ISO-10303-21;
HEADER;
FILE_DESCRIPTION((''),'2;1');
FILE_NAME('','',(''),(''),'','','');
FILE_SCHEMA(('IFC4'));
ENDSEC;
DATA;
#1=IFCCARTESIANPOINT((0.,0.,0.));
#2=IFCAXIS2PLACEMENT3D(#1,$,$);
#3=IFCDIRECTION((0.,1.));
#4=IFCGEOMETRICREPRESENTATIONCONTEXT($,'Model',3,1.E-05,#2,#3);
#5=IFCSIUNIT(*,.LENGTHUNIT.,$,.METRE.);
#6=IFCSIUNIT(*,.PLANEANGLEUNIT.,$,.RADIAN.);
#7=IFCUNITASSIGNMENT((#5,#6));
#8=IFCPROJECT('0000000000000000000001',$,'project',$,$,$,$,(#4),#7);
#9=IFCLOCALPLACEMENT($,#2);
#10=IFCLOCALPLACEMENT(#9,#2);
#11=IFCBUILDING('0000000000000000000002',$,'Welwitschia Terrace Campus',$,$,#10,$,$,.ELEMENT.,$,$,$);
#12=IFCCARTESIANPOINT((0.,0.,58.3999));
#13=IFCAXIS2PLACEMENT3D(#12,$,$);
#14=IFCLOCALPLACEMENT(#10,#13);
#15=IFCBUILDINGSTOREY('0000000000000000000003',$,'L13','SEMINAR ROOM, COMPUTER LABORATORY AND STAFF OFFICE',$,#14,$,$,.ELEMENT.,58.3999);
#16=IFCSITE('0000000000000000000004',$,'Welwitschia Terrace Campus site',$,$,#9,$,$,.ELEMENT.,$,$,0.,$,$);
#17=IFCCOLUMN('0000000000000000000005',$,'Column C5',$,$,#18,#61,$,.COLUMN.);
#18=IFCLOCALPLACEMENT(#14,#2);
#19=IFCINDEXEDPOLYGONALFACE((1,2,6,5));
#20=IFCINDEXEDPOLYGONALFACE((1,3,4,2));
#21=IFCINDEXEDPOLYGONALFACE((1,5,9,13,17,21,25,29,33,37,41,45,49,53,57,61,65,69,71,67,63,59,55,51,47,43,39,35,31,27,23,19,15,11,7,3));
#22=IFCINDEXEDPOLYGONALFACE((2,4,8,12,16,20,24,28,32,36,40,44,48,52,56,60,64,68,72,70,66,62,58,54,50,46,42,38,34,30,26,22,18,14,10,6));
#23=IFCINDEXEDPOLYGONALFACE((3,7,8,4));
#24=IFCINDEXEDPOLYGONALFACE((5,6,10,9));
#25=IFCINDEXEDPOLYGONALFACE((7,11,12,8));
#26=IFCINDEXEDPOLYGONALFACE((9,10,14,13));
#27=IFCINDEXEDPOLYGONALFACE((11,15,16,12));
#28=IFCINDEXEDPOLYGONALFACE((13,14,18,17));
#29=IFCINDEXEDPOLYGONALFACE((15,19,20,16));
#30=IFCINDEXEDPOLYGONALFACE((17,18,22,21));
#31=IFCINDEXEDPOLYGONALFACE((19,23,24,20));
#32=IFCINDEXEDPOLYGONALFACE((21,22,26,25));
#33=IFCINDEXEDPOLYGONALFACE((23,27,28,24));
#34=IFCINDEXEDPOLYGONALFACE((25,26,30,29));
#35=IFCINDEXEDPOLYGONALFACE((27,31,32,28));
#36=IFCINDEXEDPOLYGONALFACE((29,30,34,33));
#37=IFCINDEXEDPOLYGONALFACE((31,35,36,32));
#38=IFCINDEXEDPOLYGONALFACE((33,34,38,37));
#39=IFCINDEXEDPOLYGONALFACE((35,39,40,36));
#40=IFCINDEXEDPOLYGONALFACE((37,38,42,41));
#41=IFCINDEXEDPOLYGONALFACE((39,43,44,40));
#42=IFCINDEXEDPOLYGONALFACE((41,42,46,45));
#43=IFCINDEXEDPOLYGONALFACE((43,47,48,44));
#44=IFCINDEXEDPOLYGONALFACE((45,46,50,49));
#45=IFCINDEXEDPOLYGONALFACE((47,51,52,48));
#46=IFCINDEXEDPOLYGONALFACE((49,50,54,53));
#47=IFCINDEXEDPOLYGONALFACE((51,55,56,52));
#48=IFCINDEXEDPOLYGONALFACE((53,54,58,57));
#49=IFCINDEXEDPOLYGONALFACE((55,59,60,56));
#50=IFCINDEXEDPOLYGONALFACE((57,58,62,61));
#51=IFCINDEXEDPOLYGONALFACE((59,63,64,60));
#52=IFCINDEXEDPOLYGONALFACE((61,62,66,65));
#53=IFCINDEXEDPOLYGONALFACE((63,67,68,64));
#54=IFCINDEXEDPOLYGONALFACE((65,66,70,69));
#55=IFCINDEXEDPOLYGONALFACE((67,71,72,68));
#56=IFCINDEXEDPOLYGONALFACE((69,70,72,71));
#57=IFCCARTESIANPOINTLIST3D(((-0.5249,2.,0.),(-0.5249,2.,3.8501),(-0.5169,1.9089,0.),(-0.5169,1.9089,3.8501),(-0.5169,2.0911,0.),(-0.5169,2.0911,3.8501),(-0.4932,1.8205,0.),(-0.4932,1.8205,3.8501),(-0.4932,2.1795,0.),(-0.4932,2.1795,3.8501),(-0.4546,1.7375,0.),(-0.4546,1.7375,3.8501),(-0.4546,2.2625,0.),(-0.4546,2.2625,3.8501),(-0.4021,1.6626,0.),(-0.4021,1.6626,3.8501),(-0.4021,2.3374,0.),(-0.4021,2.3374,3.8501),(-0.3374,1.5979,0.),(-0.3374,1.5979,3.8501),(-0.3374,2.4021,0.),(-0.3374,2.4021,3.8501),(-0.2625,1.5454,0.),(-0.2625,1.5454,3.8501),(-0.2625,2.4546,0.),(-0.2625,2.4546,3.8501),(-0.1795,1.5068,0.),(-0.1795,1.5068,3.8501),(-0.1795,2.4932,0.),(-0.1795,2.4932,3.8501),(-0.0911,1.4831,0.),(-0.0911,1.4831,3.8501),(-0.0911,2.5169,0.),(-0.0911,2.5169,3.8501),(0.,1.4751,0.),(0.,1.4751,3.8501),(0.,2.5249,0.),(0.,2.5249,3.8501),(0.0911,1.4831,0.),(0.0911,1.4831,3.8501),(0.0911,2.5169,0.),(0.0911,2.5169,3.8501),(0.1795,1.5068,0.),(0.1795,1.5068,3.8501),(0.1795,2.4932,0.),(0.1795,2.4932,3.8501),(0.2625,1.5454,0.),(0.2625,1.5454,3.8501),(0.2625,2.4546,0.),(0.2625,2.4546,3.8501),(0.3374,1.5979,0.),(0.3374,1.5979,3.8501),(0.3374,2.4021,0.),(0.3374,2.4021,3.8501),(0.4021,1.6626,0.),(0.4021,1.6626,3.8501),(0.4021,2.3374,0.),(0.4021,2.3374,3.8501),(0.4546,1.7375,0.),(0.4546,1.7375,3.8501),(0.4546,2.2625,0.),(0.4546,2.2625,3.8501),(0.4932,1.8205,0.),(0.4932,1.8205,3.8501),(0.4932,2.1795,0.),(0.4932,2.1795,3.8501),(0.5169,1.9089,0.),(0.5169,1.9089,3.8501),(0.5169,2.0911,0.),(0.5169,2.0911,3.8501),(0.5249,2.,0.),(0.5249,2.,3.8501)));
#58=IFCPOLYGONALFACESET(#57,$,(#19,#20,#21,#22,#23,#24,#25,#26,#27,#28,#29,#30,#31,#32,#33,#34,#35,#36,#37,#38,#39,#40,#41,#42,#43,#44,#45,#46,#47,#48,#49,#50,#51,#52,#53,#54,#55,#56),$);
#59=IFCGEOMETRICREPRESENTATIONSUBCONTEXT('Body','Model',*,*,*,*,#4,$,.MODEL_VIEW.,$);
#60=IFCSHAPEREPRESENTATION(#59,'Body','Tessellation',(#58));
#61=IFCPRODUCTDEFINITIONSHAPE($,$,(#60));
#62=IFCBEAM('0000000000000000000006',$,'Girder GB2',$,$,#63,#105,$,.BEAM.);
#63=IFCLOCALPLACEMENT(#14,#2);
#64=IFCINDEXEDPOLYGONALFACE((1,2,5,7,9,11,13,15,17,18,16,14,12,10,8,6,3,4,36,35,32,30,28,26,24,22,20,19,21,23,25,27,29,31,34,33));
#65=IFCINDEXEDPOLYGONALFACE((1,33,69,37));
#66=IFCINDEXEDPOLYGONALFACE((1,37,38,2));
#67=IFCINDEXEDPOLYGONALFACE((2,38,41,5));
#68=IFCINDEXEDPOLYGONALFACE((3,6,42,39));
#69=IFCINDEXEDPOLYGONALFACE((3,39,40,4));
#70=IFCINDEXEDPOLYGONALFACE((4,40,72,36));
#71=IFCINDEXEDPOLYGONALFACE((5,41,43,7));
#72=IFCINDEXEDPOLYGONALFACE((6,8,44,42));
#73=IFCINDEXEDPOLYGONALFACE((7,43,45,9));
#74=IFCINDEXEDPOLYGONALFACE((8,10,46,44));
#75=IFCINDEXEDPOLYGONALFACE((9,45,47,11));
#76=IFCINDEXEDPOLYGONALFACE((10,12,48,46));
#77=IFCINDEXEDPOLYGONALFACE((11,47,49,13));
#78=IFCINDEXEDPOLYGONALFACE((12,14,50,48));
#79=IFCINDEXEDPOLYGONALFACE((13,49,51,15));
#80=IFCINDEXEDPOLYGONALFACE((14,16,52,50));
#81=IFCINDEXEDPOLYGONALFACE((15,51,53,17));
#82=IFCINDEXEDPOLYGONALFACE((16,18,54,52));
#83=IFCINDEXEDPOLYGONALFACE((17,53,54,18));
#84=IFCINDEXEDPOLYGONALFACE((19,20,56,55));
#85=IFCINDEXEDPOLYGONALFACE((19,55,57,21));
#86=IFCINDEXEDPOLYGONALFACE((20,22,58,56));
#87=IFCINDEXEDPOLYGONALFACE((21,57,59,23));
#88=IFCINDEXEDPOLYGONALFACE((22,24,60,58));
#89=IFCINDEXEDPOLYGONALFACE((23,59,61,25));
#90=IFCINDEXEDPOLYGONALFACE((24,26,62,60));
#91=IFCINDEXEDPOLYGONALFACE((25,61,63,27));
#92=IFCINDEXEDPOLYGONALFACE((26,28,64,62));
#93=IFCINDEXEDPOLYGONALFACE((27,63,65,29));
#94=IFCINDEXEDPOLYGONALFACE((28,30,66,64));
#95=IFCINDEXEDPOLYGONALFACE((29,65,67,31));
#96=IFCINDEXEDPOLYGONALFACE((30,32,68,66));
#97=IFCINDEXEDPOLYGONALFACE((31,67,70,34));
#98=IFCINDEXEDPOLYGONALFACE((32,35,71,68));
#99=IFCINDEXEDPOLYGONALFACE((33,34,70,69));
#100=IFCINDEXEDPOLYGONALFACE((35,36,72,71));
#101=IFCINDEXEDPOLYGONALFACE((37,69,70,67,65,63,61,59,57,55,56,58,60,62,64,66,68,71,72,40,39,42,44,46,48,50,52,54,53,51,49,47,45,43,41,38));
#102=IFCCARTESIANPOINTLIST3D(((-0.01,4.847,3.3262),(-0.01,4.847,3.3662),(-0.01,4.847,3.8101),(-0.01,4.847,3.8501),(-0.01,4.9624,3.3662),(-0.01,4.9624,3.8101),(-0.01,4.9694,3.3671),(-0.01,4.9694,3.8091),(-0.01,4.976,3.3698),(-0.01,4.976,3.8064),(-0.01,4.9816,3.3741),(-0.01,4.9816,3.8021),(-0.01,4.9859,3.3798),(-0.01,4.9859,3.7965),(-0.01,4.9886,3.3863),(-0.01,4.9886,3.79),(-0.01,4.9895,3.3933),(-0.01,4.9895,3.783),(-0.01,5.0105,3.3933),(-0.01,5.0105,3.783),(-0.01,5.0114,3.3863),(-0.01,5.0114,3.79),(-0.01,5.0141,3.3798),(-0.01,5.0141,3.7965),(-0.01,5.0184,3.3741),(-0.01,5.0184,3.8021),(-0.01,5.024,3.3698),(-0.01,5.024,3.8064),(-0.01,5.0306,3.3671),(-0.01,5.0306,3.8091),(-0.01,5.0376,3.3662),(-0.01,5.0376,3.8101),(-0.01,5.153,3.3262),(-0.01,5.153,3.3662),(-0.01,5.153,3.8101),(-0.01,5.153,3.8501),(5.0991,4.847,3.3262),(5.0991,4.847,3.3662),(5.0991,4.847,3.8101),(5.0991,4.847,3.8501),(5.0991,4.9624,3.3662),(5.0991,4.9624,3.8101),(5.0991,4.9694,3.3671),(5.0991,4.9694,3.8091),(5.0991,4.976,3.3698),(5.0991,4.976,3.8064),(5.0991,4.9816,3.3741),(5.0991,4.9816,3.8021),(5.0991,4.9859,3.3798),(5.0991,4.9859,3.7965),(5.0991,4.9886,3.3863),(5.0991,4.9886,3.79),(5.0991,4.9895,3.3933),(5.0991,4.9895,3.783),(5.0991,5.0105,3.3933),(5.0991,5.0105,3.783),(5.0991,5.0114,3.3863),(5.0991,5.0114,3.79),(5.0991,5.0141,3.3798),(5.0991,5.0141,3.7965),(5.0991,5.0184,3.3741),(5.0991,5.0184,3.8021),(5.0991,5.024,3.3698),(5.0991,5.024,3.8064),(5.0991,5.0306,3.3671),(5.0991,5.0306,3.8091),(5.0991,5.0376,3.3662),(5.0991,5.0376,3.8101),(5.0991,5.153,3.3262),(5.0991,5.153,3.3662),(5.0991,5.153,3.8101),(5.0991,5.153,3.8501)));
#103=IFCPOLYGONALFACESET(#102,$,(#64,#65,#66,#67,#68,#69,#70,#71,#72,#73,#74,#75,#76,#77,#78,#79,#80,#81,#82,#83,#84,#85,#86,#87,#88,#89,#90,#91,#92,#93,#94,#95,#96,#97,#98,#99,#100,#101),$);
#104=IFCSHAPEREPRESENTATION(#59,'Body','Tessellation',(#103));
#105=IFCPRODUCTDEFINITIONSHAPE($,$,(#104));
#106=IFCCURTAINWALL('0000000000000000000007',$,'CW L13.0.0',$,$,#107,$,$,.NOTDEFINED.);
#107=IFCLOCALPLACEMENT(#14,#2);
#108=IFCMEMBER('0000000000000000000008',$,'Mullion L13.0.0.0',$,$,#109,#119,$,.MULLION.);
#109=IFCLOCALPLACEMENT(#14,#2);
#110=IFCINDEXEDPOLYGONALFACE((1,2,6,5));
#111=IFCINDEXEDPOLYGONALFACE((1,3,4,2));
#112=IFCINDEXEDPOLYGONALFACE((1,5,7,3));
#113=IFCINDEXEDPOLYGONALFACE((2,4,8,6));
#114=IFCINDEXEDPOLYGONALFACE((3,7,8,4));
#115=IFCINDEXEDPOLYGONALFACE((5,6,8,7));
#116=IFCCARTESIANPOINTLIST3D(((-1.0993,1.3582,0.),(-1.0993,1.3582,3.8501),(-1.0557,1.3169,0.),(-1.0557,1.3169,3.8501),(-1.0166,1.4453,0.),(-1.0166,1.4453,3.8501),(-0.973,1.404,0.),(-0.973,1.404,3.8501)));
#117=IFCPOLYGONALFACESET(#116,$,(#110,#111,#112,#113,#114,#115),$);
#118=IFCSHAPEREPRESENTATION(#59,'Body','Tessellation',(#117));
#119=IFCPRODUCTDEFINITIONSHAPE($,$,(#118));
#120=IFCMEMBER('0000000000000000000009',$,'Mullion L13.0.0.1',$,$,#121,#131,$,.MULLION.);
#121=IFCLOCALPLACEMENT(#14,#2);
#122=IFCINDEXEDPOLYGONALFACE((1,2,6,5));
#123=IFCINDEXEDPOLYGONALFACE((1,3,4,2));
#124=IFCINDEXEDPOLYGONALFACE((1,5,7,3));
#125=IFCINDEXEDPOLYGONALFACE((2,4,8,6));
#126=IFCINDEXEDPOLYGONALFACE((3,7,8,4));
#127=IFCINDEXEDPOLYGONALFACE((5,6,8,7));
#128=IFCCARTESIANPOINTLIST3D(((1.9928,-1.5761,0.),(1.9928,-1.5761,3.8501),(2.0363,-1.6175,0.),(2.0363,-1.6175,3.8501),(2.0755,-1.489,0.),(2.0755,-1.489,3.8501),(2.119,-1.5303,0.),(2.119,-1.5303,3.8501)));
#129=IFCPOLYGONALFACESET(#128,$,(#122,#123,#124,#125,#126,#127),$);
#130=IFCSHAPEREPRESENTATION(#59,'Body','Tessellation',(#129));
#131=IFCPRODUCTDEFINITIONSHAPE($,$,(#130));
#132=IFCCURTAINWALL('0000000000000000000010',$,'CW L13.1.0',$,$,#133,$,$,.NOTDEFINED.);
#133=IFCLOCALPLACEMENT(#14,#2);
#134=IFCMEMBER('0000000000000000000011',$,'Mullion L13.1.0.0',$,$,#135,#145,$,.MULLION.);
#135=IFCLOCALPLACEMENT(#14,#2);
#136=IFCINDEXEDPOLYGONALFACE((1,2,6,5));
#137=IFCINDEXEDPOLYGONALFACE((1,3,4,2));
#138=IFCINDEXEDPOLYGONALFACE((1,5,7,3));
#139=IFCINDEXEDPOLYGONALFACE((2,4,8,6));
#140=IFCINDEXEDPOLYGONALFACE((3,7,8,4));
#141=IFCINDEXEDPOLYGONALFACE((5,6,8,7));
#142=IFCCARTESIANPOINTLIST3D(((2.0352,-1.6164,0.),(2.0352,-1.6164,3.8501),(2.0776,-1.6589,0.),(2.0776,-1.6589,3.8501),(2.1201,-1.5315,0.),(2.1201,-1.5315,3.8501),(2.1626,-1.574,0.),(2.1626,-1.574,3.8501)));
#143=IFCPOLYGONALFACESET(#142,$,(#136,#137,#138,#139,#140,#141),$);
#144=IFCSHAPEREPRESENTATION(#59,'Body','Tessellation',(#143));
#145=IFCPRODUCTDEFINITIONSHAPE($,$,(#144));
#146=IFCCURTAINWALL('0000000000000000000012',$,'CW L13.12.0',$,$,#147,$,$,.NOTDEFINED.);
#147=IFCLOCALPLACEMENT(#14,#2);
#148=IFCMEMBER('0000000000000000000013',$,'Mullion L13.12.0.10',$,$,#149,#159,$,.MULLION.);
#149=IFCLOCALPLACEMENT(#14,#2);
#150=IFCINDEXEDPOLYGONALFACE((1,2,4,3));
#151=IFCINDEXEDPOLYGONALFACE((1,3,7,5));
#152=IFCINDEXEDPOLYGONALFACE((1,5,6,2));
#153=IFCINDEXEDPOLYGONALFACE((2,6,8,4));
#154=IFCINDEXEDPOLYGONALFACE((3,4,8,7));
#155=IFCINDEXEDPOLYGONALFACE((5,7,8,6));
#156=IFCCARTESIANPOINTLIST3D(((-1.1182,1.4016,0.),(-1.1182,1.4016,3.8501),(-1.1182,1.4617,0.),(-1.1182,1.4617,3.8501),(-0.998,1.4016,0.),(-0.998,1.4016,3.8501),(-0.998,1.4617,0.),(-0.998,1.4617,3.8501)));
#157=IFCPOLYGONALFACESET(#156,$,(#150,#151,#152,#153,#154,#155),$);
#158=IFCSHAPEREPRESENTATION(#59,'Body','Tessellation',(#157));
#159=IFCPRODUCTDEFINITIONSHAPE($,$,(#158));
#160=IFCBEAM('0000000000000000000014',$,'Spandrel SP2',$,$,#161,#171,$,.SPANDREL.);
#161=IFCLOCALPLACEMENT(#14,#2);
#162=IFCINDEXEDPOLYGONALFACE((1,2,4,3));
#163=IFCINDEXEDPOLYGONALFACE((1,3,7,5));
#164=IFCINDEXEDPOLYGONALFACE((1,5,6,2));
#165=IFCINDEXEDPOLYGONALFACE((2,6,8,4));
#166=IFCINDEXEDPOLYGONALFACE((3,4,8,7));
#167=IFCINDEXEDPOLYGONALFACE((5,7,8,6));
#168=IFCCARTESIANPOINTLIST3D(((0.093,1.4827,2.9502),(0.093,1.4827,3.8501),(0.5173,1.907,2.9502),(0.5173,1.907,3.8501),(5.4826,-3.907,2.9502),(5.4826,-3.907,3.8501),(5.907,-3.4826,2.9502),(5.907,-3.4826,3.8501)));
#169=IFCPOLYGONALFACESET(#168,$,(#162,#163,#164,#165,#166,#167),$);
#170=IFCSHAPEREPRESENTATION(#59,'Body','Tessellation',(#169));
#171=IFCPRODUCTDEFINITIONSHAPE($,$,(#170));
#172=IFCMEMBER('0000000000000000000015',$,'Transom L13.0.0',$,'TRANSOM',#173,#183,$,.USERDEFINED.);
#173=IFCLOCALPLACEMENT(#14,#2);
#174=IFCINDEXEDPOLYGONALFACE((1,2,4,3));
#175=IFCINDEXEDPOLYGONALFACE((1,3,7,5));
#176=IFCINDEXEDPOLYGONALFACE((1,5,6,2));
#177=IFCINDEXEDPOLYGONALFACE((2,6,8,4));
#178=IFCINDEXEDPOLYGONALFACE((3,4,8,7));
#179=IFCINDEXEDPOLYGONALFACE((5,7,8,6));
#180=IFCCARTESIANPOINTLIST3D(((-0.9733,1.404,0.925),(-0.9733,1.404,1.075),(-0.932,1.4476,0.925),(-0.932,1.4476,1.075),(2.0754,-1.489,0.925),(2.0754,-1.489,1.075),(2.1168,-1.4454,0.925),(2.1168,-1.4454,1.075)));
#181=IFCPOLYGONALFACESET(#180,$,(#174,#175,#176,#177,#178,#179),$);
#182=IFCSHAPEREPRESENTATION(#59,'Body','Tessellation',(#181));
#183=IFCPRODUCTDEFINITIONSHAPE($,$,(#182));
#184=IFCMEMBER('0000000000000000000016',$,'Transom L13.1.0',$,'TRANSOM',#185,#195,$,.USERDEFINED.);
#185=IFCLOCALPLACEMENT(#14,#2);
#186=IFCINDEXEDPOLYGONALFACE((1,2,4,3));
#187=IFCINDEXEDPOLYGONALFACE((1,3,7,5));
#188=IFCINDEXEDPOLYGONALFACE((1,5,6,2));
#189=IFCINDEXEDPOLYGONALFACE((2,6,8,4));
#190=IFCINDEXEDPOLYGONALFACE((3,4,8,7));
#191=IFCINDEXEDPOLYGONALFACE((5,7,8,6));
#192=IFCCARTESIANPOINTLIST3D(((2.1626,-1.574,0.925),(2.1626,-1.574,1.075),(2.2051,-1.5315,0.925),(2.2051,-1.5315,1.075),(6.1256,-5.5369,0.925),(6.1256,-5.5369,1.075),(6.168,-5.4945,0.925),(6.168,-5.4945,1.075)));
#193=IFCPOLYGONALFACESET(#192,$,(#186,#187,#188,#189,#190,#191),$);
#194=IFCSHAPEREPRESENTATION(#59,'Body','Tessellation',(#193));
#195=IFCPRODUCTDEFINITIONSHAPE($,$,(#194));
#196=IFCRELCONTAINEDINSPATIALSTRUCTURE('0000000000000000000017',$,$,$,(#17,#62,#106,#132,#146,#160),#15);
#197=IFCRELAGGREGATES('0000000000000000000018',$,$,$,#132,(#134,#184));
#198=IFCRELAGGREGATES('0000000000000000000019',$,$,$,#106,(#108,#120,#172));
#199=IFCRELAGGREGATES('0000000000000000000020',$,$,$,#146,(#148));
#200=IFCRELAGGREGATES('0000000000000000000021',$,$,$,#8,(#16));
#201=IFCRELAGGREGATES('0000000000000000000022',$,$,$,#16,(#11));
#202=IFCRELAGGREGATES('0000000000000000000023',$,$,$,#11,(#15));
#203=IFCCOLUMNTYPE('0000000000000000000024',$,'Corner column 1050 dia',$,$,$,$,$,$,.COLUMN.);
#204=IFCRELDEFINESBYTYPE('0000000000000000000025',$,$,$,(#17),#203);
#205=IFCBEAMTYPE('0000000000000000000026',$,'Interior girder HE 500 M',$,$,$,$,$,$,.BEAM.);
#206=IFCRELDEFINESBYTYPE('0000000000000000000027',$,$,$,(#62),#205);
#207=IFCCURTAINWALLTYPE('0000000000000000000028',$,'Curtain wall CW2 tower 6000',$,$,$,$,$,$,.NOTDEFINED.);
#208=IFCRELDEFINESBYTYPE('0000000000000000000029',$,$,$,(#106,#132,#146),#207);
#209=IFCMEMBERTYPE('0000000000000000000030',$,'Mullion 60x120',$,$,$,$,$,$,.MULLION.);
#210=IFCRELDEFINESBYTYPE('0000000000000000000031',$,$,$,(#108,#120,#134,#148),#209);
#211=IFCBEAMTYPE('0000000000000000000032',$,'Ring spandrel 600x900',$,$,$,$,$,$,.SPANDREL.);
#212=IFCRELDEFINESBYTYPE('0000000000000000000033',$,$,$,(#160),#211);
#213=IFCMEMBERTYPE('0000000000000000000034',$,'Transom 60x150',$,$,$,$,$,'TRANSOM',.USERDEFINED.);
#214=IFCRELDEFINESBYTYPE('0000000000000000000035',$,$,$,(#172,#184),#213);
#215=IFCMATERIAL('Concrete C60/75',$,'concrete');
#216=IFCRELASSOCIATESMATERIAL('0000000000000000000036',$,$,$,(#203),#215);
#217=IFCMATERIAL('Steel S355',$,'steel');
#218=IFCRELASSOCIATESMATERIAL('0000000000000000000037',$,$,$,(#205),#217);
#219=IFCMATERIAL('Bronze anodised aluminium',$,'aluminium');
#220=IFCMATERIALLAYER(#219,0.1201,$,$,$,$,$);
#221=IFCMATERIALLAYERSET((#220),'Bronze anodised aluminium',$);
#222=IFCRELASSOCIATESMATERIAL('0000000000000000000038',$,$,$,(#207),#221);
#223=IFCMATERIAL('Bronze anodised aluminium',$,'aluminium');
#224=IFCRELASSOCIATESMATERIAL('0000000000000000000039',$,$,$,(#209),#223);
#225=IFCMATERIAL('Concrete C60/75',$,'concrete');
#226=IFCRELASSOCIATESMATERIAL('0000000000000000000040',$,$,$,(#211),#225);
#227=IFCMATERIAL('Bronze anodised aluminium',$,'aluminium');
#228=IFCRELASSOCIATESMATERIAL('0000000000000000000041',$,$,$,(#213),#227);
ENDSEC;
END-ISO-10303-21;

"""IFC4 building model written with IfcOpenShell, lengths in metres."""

from ifc_helpers import new_model, si_unit, direction, frame, origin, origin_2d, place, context, subcontext, project, spatial, rectangle, circle, i_section, extrude, material, layer, layer_set, material_profile, profile_set, type_object, element, aggregate, save


model = new_model("IFC4")

# Units and contexts
model_context = context("Model", 3, precision=1e-05, world=origin(), true_north=direction((0.0, 1.0)))
body_context = subcontext(model_context, "Body", "Model", "MODEL_VIEW")
ifc_project = project(units=[si_unit("LENGTHUNIT", "METRE"), si_unit("PLANEANGLEUNIT", "RADIAN")], contexts=[model_context])

# Site, building, storey
site_placement = place(None, origin())
site = spatial("IfcSite", under=ifc_project, at=site_placement, Name="Welwitschia Terrace Campus site", CompositionType="ELEMENT", RefElevation=0.0)
building_placement = place(site_placement, origin())
building = spatial("IfcBuilding", under=site, at=building_placement, Name="Welwitschia Terrace Campus", CompositionType="ELEMENT")
storey_placement = place(building_placement, frame((0.0, 0.0, 58.3999)))
storey = spatial("IfcBuildingStorey", under=building, at=storey_placement, Name="L13", Description="SEMINAR ROOM, COMPUTER LABORATORY AND STAFF OFFICE", CompositionType="ELEMENT", Elevation=58.3999)

# Column
ifc_material_1 = material(Name="Concrete C60/75", Category="concrete")
ifc_material_profile_1 = material_profile(ifc_material_1, circle(Radius=0.5249, at=origin_2d()))
ifc_profile_set_1 = profile_set([ifc_material_profile_1], Name="Concrete C60/75")
column_type = type_object("IfcColumnType", Name="Corner column 1050 dia", PredefinedType="COLUMN", material=ifc_profile_set_1)
column_placement = place(storey_placement, frame((0.0, 2.0, 0.0), z_axis=(0.0, 0.0, 1.0), x_axis=(1.0, 0.0, 0.0)))
element("IfcColumn", 1, at=column_placement, inside=storey, type_object=column_type, Name="Column C5", PredefinedType="COLUMN", context=body_context, shape_type="SweptSolid", body=[
    extrude(circle(Radius=0.5249, at=origin_2d()), origin(), (0.0, 0.0, 1.0), 3.8501),
])

# Beam
ifc_material_2 = material(Name="Steel S355", Category="steel")
ifc_material_profile_2 = material_profile(ifc_material_2, i_section(OverallWidth=0.3059, OverallDepth=0.5239, WebThickness=0.021, FlangeThickness=0.04, FilletRadius=0.0271, at=origin_2d()))
ifc_profile_set_2 = profile_set([ifc_material_profile_2], Name="Steel S355")
beam_type_1 = type_object("IfcBeamType", Name="Interior girder HE 500 M", PredefinedType="BEAM", material=ifc_profile_set_2)
beam_1_placement = place(storey_placement, frame((-0.01, 5.0, 3.5881), z_axis=(1.0, 0.0, 0.0), x_axis=(0.0, 1.0, 0.0)))
element("IfcBeam", 2, at=beam_1_placement, inside=storey, type_object=beam_type_1, Name="Girder GB2", PredefinedType="BEAM", context=body_context, shape_type="SweptSolid", body=[
    extrude(i_section(OverallWidth=0.3059, OverallDepth=0.5239, WebThickness=0.021, FlangeThickness=0.04, FilletRadius=0.0271, at=origin_2d()), origin(), (0.0, 0.0, 1.0), 5.1091),
])

# Curtain wall, members
ifc_material_3 = material(Name="Bronze anodised aluminium", Category="aluminium")
ifc_layer_1 = layer(ifc_material_3, 0.1201)
ifc_layer_set_1 = layer_set([ifc_layer_1], Name="Bronze anodised aluminium")
curtain_wall_type = type_object("IfcCurtainWallType", Name="Curtain wall CW2 tower 6000", PredefinedType="NOTDEFINED", material=ifc_layer_set_1)
curtain_wall_1_placement = place(storey_placement, origin())
curtain_wall_1 = element("IfcCurtainWall", 3, at=curtain_wall_1_placement, inside=storey, type_object=curtain_wall_type, Name="CW L13.0.0", PredefinedType="NOTDEFINED")
ifc_material_4 = material(Name="Bronze anodised aluminium", Category="aluminium")
ifc_material_profile_3 = material_profile(ifc_material_4, rectangle(XDim=0.1201, YDim=0.0601, at=origin_2d()))
ifc_profile_set_3 = profile_set([ifc_material_profile_3], Name="Bronze anodised aluminium")
member_type_1 = type_object("IfcMemberType", Name="Mullion 60x120", PredefinedType="MULLION", material=ifc_profile_set_3)
member_1_placement = place(storey_placement, frame((-1.0361, 1.3811, 0.0), z_axis=(0.0, 0.0, 1.0), x_axis=(0.688355, 0.725374, 0.0)))
member_1 = element("IfcMember", 4, at=member_1_placement, type_object=member_type_1, Name="Mullion L13.0.0.0", PredefinedType="MULLION", context=body_context, shape_type="SweptSolid", body=[
    extrude(rectangle(XDim=0.1201, YDim=0.0601, at=origin_2d()), origin(), (0.0, 0.0, 1.0), 3.8501),
])
member_2_placement = place(storey_placement, frame((2.0559, -1.5532, 0.0), z_axis=(0.0, 0.0, 1.0), x_axis=(0.688355, 0.725374, 0.0)))
member_2 = element("IfcMember", 5, at=member_2_placement, type_object=member_type_1, Name="Mullion L13.0.0.1", PredefinedType="MULLION", context=body_context, shape_type="SweptSolid", body=[
    extrude(rectangle(XDim=0.1201, YDim=0.0601, at=origin_2d()), origin(), (0.0, 0.0, 1.0), 3.8501),
])

# Curtain walls, members
curtain_wall_2_placement = place(storey_placement, origin())
curtain_wall_2 = element("IfcCurtainWall", 6, at=curtain_wall_2_placement, inside=storey, type_object=curtain_wall_type, Name="CW L13.1.0", PredefinedType="NOTDEFINED")
member_3_placement = place(storey_placement, frame((2.0989, -1.5952, 0.0), z_axis=(0.0, 0.0, 1.0), x_axis=(0.707107, 0.707107, 0.0)))
member_3 = element("IfcMember", 7, at=member_3_placement, type_object=member_type_1, Name="Mullion L13.1.0.0", PredefinedType="MULLION", context=body_context, shape_type="SweptSolid", body=[
    extrude(rectangle(XDim=0.1201, YDim=0.0601, at=origin_2d()), origin(), (0.0, 0.0, 1.0), 3.8501),
])
curtain_wall_3_placement = place(storey_placement, origin())
curtain_wall_3 = element("IfcCurtainWall", 8, at=curtain_wall_3_placement, inside=storey, type_object=curtain_wall_type, Name="CW L13.12.0", PredefinedType="NOTDEFINED")
member_4_placement = place(storey_placement, frame((-1.0581, 1.4316, 0.0), z_axis=(0.0, 0.0, 1.0), x_axis=(1.0, 0.0, 0.0)))
member_4 = element("IfcMember", 9, at=member_4_placement, type_object=member_type_1, Name="Mullion L13.12.0.10", PredefinedType="MULLION", context=body_context, shape_type="SweptSolid", body=[
    extrude(rectangle(XDim=0.1201, YDim=0.0601, at=origin_2d()), origin(), (0.0, 0.0, 1.0), 3.8501),
])

# Beam
ifc_material_5 = material(Name="Concrete C60/75", Category="concrete")
ifc_material_profile_4 = material_profile(ifc_material_5, rectangle(XDim=0.6001, YDim=0.8999, at=origin_2d()))
ifc_profile_set_4 = profile_set([ifc_material_profile_4], Name="Concrete C60/75")
beam_type_2 = type_object("IfcBeamType", Name="Ring spandrel 600x900", PredefinedType="SPANDREL", material=ifc_profile_set_4)
beam_2_placement = place(storey_placement, frame((0.3052, 1.6948, 3.4001), z_axis=(0.707107, -0.707107, 0.0), x_axis=(0.707107, 0.707107, 0.0)))
element("IfcBeam", 10, at=beam_2_placement, inside=storey, type_object=beam_type_2, Name="Spandrel SP2", PredefinedType="SPANDREL", context=body_context, shape_type="SweptSolid", body=[
    extrude(rectangle(XDim=0.6001, YDim=0.8999, at=origin_2d()), origin(), (0.0, 0.0, 1.0), 7.6221),
])

# Members
ifc_material_6 = material(Name="Bronze anodised aluminium", Category="aluminium")
ifc_material_profile_5 = material_profile(ifc_material_6, rectangle(XDim=0.0601, YDim=0.1499, at=origin_2d()))
ifc_profile_set_5 = profile_set([ifc_material_profile_5], Name="Bronze anodised aluminium")
member_type_2 = type_object("IfcMemberType", Name="Transom 60x150", ElementType="TRANSOM", PredefinedType="USERDEFINED", material=ifc_profile_set_5)
member_5_placement = place(storey_placement, frame((-0.9526, 1.4258, 1.0), z_axis=(0.725394, -0.688334, 0.0), x_axis=(0.688334, 0.725394, 0.0)))
member_5 = element("IfcMember", 11, at=member_5_placement, type_object=member_type_2, Name="Transom L13.0.0", ObjectType="TRANSOM", PredefinedType="USERDEFINED", context=body_context, shape_type="SweptSolid", body=[
    extrude(rectangle(XDim=0.0601, YDim=0.1499, at=origin_2d()), origin(), (0.0, 0.0, 1.0), 4.2029),
])
member_6_placement = place(storey_placement, frame((2.1838, -1.5527, 1.0), z_axis=(0.707107, -0.707107, 0.0), x_axis=(0.707107, 0.707107, 0.0)))
member_6 = element("IfcMember", 12, at=member_6_placement, type_object=member_type_2, Name="Transom L13.1.0", ObjectType="TRANSOM", PredefinedType="USERDEFINED", context=body_context, shape_type="SweptSolid", body=[
    extrude(rectangle(XDim=0.0601, YDim=0.1499, at=origin_2d()), origin(), (0.0, 0.0, 1.0), 5.6045),
])
aggregate(curtain_wall_2, [member_3, member_6])

aggregate(curtain_wall_1, [member_1, member_2, member_5])
aggregate(curtain_wall_3, [member_4])

save(model, "model.ifc")
